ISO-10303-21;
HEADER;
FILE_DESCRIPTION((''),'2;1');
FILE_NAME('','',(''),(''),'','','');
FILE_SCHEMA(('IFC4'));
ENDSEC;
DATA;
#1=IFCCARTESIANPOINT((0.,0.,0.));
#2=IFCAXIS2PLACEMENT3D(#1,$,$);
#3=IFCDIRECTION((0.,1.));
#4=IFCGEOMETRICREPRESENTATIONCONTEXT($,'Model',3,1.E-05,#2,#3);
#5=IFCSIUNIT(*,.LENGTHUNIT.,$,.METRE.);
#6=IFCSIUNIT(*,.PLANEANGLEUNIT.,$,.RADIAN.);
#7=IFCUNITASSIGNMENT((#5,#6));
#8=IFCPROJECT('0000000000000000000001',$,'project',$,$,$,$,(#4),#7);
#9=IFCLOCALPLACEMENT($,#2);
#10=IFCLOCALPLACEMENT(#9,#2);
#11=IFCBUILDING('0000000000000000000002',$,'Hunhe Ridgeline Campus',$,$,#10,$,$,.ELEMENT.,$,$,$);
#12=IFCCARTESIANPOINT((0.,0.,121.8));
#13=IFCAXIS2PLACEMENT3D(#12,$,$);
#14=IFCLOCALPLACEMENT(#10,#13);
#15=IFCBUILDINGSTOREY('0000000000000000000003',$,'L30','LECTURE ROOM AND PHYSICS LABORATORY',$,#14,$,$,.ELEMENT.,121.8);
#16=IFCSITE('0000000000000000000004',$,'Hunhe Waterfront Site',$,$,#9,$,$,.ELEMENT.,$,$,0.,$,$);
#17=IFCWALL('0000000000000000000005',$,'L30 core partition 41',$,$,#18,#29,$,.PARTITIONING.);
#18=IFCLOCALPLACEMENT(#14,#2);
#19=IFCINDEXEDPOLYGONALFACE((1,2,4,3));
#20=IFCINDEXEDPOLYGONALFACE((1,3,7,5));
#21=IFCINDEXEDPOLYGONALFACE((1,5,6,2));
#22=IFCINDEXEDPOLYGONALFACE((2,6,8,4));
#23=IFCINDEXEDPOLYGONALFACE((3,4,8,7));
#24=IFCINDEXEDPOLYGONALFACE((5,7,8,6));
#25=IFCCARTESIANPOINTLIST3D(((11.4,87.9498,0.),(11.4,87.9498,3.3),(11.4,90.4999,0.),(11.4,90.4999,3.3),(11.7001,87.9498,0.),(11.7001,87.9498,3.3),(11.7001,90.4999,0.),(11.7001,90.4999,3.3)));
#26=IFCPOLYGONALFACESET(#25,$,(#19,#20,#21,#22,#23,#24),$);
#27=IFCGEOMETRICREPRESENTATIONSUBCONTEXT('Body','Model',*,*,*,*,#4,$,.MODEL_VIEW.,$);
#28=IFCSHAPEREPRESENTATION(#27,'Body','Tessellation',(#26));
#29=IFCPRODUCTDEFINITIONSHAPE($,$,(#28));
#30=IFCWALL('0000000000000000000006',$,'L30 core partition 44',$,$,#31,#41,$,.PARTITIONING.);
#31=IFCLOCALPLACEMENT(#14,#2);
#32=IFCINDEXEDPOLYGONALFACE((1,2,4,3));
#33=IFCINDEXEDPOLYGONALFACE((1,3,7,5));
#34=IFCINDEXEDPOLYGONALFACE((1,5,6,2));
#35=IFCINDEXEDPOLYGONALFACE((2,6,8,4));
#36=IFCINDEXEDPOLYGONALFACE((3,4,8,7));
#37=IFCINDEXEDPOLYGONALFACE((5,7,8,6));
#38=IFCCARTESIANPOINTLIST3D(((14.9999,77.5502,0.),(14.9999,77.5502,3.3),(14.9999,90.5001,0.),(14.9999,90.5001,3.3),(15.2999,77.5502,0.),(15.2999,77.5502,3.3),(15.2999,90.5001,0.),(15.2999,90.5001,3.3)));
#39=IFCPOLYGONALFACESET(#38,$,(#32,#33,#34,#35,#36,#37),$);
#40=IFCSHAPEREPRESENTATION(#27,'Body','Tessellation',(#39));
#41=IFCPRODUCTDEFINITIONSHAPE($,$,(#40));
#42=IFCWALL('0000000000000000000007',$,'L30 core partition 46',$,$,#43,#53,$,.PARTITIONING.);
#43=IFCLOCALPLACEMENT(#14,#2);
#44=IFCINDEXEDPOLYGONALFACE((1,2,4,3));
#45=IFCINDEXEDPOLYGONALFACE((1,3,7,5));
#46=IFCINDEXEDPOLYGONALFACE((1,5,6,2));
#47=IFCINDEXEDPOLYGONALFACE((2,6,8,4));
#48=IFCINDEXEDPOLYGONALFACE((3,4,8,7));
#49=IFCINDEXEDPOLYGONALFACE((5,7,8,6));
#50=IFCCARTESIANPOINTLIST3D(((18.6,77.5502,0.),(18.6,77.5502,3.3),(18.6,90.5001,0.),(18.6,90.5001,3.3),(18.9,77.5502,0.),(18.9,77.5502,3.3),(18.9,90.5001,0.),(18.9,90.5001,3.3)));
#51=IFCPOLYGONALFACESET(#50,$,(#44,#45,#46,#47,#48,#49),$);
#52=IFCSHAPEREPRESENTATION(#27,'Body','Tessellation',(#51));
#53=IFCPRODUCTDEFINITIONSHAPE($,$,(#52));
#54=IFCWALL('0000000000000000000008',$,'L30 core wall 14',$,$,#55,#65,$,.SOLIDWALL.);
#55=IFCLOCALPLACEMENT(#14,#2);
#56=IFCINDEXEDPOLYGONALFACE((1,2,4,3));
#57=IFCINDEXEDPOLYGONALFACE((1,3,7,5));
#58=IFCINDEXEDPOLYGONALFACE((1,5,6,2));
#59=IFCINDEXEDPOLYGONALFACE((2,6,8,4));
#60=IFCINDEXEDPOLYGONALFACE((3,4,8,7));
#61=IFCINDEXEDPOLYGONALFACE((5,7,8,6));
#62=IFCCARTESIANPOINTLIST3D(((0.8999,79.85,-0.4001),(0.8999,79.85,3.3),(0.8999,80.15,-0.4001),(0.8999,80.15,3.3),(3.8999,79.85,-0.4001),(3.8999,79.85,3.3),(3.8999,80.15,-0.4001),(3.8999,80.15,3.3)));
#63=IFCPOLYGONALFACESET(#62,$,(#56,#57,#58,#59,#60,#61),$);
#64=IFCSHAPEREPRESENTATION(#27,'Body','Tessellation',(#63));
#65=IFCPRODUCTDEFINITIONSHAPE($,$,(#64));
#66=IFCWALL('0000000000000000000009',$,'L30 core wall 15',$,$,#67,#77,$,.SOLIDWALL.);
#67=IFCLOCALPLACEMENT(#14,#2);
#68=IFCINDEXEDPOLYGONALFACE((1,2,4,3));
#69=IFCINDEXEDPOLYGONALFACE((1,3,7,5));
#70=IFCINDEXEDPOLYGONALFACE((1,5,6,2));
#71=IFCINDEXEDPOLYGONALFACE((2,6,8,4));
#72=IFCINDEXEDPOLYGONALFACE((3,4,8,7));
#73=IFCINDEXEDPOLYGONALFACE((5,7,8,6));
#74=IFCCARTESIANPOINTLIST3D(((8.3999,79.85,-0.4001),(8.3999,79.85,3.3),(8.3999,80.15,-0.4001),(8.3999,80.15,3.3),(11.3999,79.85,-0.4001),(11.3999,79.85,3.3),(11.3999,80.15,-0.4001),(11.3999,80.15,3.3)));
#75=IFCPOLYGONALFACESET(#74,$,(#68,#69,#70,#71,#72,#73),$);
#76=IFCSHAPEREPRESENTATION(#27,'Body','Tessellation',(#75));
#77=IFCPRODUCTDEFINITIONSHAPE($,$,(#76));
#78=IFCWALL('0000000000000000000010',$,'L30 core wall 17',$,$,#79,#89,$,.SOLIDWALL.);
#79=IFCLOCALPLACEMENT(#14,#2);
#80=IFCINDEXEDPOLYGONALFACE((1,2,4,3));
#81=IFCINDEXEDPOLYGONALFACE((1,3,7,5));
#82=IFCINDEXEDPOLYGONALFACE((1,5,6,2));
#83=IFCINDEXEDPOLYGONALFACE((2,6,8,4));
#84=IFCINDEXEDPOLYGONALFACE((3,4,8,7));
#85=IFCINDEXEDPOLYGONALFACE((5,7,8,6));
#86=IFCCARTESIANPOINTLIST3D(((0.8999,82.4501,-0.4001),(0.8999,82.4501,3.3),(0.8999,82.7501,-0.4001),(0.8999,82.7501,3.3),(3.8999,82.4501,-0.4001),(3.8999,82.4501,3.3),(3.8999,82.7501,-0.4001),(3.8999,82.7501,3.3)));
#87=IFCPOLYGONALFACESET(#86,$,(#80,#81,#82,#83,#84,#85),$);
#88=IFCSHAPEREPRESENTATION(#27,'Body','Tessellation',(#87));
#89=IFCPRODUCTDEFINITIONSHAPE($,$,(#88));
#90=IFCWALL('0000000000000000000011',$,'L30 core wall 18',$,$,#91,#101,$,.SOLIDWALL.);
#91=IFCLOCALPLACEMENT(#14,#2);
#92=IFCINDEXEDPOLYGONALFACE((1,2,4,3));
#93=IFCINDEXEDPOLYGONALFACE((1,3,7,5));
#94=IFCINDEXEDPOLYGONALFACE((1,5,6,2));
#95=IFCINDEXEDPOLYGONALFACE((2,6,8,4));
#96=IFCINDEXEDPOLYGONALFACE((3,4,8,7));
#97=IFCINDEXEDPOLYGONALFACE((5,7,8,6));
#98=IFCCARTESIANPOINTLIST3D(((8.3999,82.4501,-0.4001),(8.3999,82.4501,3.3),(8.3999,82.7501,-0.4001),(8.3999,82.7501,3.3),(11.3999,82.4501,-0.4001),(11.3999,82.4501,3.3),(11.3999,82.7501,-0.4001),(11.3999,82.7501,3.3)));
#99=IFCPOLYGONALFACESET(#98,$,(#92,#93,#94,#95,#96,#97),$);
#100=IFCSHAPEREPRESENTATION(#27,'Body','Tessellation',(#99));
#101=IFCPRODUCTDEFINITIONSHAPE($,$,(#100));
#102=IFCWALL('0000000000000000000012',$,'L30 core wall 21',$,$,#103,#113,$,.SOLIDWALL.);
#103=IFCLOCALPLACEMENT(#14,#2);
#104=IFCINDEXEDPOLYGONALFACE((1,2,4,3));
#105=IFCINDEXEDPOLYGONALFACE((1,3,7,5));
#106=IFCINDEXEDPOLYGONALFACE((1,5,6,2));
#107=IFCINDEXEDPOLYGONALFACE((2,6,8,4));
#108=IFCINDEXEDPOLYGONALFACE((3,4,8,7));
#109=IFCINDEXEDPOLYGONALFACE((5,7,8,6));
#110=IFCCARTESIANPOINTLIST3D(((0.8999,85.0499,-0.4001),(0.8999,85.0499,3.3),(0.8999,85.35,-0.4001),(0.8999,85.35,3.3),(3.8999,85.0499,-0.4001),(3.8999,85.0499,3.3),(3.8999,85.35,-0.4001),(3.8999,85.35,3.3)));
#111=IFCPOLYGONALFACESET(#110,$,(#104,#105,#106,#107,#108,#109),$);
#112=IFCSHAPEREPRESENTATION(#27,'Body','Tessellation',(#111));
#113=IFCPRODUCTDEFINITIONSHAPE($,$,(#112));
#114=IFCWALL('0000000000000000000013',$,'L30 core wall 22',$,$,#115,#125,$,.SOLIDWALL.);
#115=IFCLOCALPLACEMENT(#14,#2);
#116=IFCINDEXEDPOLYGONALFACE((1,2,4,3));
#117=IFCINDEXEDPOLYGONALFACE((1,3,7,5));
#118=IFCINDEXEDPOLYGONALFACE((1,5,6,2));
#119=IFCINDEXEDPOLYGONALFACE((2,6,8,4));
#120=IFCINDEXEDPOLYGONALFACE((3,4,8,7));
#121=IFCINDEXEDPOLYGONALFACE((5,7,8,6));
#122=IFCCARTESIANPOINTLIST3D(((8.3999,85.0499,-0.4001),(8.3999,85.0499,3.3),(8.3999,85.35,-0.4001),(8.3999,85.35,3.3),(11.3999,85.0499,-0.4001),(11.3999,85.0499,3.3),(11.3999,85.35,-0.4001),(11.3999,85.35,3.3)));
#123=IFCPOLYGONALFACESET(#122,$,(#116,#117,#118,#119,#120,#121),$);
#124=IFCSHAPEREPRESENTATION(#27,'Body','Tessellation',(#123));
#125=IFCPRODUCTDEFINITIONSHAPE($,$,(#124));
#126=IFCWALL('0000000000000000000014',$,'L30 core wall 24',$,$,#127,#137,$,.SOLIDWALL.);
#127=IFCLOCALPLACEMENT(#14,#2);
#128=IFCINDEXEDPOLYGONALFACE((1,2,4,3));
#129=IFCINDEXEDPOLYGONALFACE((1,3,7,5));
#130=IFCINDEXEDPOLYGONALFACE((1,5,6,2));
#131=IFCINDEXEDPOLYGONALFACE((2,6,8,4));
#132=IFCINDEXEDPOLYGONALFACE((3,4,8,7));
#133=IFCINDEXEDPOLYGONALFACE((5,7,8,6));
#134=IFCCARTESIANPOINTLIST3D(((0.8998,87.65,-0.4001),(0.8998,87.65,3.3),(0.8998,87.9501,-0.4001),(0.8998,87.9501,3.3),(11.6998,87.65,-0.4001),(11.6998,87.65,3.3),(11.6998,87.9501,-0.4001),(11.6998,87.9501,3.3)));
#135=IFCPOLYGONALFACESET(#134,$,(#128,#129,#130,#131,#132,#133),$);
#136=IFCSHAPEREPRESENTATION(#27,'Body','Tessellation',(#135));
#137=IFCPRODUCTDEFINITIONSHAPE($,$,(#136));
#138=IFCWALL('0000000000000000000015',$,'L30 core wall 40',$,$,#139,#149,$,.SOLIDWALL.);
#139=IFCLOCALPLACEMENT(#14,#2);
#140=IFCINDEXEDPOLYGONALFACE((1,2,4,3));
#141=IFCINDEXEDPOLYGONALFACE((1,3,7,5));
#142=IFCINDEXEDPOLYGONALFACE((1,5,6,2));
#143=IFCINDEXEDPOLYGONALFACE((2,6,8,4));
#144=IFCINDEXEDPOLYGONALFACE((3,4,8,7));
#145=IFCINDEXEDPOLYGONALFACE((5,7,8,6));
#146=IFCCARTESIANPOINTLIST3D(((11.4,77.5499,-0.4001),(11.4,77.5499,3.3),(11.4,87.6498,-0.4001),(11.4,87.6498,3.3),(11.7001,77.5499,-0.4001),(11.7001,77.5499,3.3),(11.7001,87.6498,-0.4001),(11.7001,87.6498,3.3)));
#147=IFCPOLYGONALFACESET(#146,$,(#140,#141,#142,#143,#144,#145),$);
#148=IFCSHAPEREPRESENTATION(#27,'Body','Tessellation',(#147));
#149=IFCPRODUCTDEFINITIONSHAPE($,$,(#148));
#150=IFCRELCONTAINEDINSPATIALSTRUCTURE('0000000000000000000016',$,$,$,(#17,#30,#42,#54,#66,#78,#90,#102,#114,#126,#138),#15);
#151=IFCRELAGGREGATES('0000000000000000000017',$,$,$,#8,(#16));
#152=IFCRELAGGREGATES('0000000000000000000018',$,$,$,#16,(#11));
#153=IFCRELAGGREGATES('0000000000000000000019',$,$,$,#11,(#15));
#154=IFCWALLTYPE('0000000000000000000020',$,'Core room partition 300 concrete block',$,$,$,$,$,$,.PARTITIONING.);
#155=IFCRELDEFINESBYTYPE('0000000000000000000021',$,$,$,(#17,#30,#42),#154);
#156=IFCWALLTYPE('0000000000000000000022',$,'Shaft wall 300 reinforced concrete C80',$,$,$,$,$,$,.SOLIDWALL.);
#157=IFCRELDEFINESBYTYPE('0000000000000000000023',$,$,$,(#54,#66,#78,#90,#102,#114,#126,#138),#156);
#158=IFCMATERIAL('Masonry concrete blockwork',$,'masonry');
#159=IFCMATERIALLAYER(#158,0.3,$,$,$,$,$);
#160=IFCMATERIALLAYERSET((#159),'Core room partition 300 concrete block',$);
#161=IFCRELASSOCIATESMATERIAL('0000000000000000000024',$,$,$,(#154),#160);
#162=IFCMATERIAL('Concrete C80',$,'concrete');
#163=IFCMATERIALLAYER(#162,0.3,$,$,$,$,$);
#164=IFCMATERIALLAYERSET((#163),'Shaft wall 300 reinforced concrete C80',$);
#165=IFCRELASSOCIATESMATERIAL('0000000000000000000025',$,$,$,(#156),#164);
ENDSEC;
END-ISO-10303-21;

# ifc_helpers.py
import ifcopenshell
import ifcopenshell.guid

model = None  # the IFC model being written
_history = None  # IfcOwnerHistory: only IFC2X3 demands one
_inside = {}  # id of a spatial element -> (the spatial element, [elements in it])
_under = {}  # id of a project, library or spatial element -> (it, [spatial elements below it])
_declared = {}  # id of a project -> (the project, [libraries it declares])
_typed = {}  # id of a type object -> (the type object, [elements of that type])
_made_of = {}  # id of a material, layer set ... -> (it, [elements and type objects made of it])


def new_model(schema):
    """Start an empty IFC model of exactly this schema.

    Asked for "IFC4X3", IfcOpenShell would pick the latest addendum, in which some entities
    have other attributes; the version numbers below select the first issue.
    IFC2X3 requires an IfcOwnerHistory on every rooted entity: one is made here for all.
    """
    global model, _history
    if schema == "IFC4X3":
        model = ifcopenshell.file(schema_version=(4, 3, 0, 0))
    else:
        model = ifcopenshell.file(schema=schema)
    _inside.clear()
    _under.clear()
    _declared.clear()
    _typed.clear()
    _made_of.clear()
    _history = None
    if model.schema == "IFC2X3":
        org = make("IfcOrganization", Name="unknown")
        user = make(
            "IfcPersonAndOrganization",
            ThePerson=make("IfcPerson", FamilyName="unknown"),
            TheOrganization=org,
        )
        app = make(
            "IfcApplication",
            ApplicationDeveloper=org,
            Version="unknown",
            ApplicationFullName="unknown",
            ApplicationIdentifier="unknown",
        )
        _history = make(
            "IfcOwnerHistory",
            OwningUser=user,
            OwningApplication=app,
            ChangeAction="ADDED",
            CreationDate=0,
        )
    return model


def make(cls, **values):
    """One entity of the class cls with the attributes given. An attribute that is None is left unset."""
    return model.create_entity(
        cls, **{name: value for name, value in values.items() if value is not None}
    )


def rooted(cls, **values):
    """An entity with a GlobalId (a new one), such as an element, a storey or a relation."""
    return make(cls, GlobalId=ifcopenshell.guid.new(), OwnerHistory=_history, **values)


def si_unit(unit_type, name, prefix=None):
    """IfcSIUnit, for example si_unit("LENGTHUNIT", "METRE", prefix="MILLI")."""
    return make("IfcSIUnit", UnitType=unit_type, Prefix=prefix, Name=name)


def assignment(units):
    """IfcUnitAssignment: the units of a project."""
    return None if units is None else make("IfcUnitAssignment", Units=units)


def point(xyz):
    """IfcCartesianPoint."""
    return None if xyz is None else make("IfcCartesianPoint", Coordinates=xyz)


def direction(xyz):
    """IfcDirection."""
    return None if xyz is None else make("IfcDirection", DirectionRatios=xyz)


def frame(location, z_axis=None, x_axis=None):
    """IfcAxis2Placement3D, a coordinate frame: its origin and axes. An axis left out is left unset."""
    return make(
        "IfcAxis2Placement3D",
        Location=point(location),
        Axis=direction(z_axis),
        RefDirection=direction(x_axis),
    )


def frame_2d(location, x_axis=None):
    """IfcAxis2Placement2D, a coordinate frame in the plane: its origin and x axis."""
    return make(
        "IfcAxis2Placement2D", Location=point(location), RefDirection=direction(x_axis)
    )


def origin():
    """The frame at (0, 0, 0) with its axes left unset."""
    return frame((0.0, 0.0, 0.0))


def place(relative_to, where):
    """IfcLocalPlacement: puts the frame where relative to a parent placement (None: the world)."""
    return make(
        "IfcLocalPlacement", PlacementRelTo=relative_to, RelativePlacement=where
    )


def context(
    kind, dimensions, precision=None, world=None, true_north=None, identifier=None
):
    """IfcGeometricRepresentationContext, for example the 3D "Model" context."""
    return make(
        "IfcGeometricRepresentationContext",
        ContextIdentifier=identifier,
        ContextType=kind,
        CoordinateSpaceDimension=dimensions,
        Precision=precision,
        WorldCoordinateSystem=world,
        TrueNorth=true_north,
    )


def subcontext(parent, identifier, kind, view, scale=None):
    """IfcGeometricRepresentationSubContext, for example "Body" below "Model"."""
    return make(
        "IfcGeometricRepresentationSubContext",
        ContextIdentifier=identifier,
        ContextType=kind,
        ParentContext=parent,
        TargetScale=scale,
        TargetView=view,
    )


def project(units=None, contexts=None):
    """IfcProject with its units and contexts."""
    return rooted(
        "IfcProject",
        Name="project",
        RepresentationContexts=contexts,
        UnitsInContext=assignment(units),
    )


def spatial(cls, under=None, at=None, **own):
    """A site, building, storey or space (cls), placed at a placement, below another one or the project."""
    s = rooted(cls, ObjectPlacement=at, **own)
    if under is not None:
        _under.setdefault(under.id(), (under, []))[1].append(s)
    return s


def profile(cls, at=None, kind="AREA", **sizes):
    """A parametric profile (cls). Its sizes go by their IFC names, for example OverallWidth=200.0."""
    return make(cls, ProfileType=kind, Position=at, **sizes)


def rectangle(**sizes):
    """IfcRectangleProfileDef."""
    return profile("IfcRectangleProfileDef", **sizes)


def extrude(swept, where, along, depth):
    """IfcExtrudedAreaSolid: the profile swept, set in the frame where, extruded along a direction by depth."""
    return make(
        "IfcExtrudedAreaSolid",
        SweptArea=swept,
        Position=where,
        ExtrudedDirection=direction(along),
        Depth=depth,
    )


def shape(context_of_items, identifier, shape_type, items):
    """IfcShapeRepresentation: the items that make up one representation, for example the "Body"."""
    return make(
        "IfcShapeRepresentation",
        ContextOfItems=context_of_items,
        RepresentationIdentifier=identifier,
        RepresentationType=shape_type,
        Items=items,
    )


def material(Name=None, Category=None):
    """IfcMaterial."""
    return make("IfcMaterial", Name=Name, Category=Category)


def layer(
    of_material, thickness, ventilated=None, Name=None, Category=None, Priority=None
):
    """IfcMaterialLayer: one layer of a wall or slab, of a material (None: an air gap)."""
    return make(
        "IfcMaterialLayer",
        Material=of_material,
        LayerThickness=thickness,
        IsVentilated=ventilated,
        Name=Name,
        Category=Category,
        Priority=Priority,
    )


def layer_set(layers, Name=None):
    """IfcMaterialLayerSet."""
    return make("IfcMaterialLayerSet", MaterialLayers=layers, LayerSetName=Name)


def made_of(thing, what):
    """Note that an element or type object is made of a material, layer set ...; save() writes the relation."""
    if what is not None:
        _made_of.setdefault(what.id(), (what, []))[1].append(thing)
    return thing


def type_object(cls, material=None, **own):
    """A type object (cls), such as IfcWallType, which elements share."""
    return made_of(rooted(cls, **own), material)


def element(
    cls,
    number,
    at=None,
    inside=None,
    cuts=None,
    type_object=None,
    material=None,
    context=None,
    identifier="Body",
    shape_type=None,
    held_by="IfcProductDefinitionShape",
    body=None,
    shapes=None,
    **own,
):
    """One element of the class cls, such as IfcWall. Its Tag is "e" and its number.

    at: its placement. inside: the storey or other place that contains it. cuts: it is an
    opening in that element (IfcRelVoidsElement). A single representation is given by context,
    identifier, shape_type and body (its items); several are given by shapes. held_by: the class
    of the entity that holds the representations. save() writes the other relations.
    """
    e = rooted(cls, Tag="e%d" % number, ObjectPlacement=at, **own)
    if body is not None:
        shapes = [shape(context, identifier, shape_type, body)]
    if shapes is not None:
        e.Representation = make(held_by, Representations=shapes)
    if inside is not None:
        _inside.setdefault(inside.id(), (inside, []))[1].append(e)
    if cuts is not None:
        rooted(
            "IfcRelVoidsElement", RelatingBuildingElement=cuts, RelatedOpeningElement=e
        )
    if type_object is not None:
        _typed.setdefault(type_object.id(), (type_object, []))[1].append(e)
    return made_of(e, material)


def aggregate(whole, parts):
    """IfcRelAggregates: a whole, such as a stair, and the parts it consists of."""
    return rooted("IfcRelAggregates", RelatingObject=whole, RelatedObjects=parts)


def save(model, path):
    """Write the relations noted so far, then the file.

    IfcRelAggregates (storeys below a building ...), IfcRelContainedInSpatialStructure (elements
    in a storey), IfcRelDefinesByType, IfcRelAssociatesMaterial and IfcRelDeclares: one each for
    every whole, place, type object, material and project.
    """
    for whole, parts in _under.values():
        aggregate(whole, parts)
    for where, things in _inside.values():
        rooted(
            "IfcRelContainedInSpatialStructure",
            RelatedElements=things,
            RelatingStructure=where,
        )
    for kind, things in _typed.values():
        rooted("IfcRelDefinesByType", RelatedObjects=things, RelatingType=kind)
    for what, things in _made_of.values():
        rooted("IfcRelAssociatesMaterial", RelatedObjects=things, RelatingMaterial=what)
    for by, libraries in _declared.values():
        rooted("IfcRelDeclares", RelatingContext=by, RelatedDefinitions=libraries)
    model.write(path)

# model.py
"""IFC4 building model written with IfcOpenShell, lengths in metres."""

from ifc_helpers import new_model, si_unit, direction, frame, frame_2d, origin, place, context, subcontext, project, spatial, rectangle, extrude, material, layer, layer_set, type_object, element, save


model = new_model("IFC4")

# Units and contexts
model_context = context("Model", 3, precision=1e-05, world=origin(), true_north=direction((0.0, 1.0)))
body_context = subcontext(model_context, "Body", "Model", "MODEL_VIEW")
ifc_project = project(units=[si_unit("LENGTHUNIT", "METRE"), si_unit("PLANEANGLEUNIT", "RADIAN")], contexts=[model_context])

# Site, building, storey
site_placement = place(None, origin())
site = spatial("IfcSite", under=ifc_project, at=site_placement, Name="Hunhe Waterfront Site", CompositionType="ELEMENT", RefElevation=0.0)
building_placement = place(site_placement, origin())
building = spatial("IfcBuilding", under=site, at=building_placement, Name="Hunhe Ridgeline Campus", CompositionType="ELEMENT")
storey_placement = place(building_placement, frame((0.0, 0.0, 121.8)))
storey = spatial("IfcBuildingStorey", under=building, at=storey_placement, Name="L30", Description="LECTURE ROOM AND PHYSICS LABORATORY", CompositionType="ELEMENT", Elevation=121.8)

# Walls
ifc_material_1 = material(Name="Masonry concrete blockwork", Category="masonry")
ifc_layer_1 = layer(ifc_material_1, 0.3)
ifc_layer_set_1 = layer_set([ifc_layer_1], Name="Core room partition 300 concrete block")
wall_type_1 = type_object("IfcWallType", Name="Core room partition 300 concrete block", PredefinedType="PARTITIONING", material=ifc_layer_set_1)
wall_1_placement = place(storey_placement, frame((11.55, 87.95, 0.0), z_axis=(0.0, 0.0, 1.0), x_axis=(0.0, 1.0, 0.0)))
element("IfcWall", 1, at=wall_1_placement, inside=storey, type_object=wall_type_1, Name="L30 core partition 41", PredefinedType="PARTITIONING", context=body_context, shape_type="SweptSolid", body=[
    extrude(rectangle(XDim=2.55, YDim=0.3, at=frame_2d((1.2749, 0.0))), origin(), (0.0, 0.0, 1.0), 3.3),
])
for number, where, z_axis, x_axis, name in (
    (2, (15.1499, 77.55, 0.0), (0.0, 0.0, 1.0), (0.0, 1.0, 0.0), "L30 core partition 44"),
    (3, (18.75, 77.55, 0.0), (0.0, 0.0, 1.0), (0.0, 1.0, 0.0), "L30 core partition 46"),
):
    element("IfcWall", number, at=place(storey_placement, frame(where, z_axis=z_axis, x_axis=x_axis)), inside=storey, type_object=wall_type_1, Name=name, PredefinedType="PARTITIONING", context=body_context, shape_type="SweptSolid", body=[
        extrude(rectangle(XDim=12.95, YDim=0.3, at=frame_2d((6.4751, 0.0))), origin(), (0.0, 0.0, 1.0), 3.3),
    ])
ifc_material_2 = material(Name="Concrete C80", Category="concrete")
ifc_layer_2 = layer(ifc_material_2, 0.3)
ifc_layer_set_2 = layer_set([ifc_layer_2], Name="Shaft wall 300 reinforced concrete C80")
wall_type_2 = type_object("IfcWallType", Name="Shaft wall 300 reinforced concrete C80", PredefinedType="SOLIDWALL", material=ifc_layer_set_2)
for number, where, z_axis, x_axis, name in (
    (4, (0.8999, 80.0, -0.4001), (0.0, 0.0, 1.0), (1.0, 0.0, 0.0), "L30 core wall 14"),
    (5, (8.3999, 80.0, -0.4001), (0.0, 0.0, 1.0), (1.0, 0.0, 0.0), "L30 core wall 15"),
    (6, (0.8999, 82.6001, -0.4001), (0.0, 0.0, 1.0), (1.0, 0.0, 0.0), "L30 core wall 17"),
    (7, (8.3999, 82.6001, -0.4001), (0.0, 0.0, 1.0), (1.0, 0.0, 0.0), "L30 core wall 18"),
    (8, (0.8999, 85.2, -0.4001), (0.0, 0.0, 1.0), (1.0, 0.0, 0.0), "L30 core wall 21"),
    (9, (8.3999, 85.2, -0.4001), (0.0, 0.0, 1.0), (1.0, 0.0, 0.0), "L30 core wall 22"),
):
    element("IfcWall", number, at=place(storey_placement, frame(where, z_axis=z_axis, x_axis=x_axis)), inside=storey, type_object=wall_type_2, Name=name, PredefinedType="SOLIDWALL", context=body_context, shape_type="SweptSolid", body=[
        extrude(rectangle(XDim=3.0, YDim=0.3, at=frame_2d((1.5, 0.0))), origin(), (0.0, 0.0, 1.0), 3.7002),
    ])
wall_2_placement = place(storey_placement, frame((0.8999, 87.8, -0.4001), z_axis=(0.0, 0.0, 1.0), x_axis=(1.0, 0.0, 0.0)))
element("IfcWall", 10, at=wall_2_placement, inside=storey, type_object=wall_type_2, Name="L30 core wall 24", PredefinedType="SOLIDWALL", context=body_context, shape_type="SweptSolid", body=[
    extrude(rectangle(XDim=10.8, YDim=0.3, at=frame_2d((5.3999, 0.0))), origin(), (0.0, 0.0, 1.0), 3.7002),
])

# Wall
wall_3_placement = place(storey_placement, frame((11.55, 77.55, -0.4001), z_axis=(0.0, 0.0, 1.0), x_axis=(0.0, 1.0, 0.0)))
element("IfcWall", 11, at=wall_3_placement, inside=storey, type_object=wall_type_2, Name="L30 core wall 40", PredefinedType="SOLIDWALL", context=body_context, shape_type="SweptSolid", body=[
    extrude(rectangle(XDim=10.0999, YDim=0.3, at=frame_2d((5.0498, 0.0))), origin(), (0.0, 0.0, 1.0), 3.7002),
])

save(model, "model.ifc")
